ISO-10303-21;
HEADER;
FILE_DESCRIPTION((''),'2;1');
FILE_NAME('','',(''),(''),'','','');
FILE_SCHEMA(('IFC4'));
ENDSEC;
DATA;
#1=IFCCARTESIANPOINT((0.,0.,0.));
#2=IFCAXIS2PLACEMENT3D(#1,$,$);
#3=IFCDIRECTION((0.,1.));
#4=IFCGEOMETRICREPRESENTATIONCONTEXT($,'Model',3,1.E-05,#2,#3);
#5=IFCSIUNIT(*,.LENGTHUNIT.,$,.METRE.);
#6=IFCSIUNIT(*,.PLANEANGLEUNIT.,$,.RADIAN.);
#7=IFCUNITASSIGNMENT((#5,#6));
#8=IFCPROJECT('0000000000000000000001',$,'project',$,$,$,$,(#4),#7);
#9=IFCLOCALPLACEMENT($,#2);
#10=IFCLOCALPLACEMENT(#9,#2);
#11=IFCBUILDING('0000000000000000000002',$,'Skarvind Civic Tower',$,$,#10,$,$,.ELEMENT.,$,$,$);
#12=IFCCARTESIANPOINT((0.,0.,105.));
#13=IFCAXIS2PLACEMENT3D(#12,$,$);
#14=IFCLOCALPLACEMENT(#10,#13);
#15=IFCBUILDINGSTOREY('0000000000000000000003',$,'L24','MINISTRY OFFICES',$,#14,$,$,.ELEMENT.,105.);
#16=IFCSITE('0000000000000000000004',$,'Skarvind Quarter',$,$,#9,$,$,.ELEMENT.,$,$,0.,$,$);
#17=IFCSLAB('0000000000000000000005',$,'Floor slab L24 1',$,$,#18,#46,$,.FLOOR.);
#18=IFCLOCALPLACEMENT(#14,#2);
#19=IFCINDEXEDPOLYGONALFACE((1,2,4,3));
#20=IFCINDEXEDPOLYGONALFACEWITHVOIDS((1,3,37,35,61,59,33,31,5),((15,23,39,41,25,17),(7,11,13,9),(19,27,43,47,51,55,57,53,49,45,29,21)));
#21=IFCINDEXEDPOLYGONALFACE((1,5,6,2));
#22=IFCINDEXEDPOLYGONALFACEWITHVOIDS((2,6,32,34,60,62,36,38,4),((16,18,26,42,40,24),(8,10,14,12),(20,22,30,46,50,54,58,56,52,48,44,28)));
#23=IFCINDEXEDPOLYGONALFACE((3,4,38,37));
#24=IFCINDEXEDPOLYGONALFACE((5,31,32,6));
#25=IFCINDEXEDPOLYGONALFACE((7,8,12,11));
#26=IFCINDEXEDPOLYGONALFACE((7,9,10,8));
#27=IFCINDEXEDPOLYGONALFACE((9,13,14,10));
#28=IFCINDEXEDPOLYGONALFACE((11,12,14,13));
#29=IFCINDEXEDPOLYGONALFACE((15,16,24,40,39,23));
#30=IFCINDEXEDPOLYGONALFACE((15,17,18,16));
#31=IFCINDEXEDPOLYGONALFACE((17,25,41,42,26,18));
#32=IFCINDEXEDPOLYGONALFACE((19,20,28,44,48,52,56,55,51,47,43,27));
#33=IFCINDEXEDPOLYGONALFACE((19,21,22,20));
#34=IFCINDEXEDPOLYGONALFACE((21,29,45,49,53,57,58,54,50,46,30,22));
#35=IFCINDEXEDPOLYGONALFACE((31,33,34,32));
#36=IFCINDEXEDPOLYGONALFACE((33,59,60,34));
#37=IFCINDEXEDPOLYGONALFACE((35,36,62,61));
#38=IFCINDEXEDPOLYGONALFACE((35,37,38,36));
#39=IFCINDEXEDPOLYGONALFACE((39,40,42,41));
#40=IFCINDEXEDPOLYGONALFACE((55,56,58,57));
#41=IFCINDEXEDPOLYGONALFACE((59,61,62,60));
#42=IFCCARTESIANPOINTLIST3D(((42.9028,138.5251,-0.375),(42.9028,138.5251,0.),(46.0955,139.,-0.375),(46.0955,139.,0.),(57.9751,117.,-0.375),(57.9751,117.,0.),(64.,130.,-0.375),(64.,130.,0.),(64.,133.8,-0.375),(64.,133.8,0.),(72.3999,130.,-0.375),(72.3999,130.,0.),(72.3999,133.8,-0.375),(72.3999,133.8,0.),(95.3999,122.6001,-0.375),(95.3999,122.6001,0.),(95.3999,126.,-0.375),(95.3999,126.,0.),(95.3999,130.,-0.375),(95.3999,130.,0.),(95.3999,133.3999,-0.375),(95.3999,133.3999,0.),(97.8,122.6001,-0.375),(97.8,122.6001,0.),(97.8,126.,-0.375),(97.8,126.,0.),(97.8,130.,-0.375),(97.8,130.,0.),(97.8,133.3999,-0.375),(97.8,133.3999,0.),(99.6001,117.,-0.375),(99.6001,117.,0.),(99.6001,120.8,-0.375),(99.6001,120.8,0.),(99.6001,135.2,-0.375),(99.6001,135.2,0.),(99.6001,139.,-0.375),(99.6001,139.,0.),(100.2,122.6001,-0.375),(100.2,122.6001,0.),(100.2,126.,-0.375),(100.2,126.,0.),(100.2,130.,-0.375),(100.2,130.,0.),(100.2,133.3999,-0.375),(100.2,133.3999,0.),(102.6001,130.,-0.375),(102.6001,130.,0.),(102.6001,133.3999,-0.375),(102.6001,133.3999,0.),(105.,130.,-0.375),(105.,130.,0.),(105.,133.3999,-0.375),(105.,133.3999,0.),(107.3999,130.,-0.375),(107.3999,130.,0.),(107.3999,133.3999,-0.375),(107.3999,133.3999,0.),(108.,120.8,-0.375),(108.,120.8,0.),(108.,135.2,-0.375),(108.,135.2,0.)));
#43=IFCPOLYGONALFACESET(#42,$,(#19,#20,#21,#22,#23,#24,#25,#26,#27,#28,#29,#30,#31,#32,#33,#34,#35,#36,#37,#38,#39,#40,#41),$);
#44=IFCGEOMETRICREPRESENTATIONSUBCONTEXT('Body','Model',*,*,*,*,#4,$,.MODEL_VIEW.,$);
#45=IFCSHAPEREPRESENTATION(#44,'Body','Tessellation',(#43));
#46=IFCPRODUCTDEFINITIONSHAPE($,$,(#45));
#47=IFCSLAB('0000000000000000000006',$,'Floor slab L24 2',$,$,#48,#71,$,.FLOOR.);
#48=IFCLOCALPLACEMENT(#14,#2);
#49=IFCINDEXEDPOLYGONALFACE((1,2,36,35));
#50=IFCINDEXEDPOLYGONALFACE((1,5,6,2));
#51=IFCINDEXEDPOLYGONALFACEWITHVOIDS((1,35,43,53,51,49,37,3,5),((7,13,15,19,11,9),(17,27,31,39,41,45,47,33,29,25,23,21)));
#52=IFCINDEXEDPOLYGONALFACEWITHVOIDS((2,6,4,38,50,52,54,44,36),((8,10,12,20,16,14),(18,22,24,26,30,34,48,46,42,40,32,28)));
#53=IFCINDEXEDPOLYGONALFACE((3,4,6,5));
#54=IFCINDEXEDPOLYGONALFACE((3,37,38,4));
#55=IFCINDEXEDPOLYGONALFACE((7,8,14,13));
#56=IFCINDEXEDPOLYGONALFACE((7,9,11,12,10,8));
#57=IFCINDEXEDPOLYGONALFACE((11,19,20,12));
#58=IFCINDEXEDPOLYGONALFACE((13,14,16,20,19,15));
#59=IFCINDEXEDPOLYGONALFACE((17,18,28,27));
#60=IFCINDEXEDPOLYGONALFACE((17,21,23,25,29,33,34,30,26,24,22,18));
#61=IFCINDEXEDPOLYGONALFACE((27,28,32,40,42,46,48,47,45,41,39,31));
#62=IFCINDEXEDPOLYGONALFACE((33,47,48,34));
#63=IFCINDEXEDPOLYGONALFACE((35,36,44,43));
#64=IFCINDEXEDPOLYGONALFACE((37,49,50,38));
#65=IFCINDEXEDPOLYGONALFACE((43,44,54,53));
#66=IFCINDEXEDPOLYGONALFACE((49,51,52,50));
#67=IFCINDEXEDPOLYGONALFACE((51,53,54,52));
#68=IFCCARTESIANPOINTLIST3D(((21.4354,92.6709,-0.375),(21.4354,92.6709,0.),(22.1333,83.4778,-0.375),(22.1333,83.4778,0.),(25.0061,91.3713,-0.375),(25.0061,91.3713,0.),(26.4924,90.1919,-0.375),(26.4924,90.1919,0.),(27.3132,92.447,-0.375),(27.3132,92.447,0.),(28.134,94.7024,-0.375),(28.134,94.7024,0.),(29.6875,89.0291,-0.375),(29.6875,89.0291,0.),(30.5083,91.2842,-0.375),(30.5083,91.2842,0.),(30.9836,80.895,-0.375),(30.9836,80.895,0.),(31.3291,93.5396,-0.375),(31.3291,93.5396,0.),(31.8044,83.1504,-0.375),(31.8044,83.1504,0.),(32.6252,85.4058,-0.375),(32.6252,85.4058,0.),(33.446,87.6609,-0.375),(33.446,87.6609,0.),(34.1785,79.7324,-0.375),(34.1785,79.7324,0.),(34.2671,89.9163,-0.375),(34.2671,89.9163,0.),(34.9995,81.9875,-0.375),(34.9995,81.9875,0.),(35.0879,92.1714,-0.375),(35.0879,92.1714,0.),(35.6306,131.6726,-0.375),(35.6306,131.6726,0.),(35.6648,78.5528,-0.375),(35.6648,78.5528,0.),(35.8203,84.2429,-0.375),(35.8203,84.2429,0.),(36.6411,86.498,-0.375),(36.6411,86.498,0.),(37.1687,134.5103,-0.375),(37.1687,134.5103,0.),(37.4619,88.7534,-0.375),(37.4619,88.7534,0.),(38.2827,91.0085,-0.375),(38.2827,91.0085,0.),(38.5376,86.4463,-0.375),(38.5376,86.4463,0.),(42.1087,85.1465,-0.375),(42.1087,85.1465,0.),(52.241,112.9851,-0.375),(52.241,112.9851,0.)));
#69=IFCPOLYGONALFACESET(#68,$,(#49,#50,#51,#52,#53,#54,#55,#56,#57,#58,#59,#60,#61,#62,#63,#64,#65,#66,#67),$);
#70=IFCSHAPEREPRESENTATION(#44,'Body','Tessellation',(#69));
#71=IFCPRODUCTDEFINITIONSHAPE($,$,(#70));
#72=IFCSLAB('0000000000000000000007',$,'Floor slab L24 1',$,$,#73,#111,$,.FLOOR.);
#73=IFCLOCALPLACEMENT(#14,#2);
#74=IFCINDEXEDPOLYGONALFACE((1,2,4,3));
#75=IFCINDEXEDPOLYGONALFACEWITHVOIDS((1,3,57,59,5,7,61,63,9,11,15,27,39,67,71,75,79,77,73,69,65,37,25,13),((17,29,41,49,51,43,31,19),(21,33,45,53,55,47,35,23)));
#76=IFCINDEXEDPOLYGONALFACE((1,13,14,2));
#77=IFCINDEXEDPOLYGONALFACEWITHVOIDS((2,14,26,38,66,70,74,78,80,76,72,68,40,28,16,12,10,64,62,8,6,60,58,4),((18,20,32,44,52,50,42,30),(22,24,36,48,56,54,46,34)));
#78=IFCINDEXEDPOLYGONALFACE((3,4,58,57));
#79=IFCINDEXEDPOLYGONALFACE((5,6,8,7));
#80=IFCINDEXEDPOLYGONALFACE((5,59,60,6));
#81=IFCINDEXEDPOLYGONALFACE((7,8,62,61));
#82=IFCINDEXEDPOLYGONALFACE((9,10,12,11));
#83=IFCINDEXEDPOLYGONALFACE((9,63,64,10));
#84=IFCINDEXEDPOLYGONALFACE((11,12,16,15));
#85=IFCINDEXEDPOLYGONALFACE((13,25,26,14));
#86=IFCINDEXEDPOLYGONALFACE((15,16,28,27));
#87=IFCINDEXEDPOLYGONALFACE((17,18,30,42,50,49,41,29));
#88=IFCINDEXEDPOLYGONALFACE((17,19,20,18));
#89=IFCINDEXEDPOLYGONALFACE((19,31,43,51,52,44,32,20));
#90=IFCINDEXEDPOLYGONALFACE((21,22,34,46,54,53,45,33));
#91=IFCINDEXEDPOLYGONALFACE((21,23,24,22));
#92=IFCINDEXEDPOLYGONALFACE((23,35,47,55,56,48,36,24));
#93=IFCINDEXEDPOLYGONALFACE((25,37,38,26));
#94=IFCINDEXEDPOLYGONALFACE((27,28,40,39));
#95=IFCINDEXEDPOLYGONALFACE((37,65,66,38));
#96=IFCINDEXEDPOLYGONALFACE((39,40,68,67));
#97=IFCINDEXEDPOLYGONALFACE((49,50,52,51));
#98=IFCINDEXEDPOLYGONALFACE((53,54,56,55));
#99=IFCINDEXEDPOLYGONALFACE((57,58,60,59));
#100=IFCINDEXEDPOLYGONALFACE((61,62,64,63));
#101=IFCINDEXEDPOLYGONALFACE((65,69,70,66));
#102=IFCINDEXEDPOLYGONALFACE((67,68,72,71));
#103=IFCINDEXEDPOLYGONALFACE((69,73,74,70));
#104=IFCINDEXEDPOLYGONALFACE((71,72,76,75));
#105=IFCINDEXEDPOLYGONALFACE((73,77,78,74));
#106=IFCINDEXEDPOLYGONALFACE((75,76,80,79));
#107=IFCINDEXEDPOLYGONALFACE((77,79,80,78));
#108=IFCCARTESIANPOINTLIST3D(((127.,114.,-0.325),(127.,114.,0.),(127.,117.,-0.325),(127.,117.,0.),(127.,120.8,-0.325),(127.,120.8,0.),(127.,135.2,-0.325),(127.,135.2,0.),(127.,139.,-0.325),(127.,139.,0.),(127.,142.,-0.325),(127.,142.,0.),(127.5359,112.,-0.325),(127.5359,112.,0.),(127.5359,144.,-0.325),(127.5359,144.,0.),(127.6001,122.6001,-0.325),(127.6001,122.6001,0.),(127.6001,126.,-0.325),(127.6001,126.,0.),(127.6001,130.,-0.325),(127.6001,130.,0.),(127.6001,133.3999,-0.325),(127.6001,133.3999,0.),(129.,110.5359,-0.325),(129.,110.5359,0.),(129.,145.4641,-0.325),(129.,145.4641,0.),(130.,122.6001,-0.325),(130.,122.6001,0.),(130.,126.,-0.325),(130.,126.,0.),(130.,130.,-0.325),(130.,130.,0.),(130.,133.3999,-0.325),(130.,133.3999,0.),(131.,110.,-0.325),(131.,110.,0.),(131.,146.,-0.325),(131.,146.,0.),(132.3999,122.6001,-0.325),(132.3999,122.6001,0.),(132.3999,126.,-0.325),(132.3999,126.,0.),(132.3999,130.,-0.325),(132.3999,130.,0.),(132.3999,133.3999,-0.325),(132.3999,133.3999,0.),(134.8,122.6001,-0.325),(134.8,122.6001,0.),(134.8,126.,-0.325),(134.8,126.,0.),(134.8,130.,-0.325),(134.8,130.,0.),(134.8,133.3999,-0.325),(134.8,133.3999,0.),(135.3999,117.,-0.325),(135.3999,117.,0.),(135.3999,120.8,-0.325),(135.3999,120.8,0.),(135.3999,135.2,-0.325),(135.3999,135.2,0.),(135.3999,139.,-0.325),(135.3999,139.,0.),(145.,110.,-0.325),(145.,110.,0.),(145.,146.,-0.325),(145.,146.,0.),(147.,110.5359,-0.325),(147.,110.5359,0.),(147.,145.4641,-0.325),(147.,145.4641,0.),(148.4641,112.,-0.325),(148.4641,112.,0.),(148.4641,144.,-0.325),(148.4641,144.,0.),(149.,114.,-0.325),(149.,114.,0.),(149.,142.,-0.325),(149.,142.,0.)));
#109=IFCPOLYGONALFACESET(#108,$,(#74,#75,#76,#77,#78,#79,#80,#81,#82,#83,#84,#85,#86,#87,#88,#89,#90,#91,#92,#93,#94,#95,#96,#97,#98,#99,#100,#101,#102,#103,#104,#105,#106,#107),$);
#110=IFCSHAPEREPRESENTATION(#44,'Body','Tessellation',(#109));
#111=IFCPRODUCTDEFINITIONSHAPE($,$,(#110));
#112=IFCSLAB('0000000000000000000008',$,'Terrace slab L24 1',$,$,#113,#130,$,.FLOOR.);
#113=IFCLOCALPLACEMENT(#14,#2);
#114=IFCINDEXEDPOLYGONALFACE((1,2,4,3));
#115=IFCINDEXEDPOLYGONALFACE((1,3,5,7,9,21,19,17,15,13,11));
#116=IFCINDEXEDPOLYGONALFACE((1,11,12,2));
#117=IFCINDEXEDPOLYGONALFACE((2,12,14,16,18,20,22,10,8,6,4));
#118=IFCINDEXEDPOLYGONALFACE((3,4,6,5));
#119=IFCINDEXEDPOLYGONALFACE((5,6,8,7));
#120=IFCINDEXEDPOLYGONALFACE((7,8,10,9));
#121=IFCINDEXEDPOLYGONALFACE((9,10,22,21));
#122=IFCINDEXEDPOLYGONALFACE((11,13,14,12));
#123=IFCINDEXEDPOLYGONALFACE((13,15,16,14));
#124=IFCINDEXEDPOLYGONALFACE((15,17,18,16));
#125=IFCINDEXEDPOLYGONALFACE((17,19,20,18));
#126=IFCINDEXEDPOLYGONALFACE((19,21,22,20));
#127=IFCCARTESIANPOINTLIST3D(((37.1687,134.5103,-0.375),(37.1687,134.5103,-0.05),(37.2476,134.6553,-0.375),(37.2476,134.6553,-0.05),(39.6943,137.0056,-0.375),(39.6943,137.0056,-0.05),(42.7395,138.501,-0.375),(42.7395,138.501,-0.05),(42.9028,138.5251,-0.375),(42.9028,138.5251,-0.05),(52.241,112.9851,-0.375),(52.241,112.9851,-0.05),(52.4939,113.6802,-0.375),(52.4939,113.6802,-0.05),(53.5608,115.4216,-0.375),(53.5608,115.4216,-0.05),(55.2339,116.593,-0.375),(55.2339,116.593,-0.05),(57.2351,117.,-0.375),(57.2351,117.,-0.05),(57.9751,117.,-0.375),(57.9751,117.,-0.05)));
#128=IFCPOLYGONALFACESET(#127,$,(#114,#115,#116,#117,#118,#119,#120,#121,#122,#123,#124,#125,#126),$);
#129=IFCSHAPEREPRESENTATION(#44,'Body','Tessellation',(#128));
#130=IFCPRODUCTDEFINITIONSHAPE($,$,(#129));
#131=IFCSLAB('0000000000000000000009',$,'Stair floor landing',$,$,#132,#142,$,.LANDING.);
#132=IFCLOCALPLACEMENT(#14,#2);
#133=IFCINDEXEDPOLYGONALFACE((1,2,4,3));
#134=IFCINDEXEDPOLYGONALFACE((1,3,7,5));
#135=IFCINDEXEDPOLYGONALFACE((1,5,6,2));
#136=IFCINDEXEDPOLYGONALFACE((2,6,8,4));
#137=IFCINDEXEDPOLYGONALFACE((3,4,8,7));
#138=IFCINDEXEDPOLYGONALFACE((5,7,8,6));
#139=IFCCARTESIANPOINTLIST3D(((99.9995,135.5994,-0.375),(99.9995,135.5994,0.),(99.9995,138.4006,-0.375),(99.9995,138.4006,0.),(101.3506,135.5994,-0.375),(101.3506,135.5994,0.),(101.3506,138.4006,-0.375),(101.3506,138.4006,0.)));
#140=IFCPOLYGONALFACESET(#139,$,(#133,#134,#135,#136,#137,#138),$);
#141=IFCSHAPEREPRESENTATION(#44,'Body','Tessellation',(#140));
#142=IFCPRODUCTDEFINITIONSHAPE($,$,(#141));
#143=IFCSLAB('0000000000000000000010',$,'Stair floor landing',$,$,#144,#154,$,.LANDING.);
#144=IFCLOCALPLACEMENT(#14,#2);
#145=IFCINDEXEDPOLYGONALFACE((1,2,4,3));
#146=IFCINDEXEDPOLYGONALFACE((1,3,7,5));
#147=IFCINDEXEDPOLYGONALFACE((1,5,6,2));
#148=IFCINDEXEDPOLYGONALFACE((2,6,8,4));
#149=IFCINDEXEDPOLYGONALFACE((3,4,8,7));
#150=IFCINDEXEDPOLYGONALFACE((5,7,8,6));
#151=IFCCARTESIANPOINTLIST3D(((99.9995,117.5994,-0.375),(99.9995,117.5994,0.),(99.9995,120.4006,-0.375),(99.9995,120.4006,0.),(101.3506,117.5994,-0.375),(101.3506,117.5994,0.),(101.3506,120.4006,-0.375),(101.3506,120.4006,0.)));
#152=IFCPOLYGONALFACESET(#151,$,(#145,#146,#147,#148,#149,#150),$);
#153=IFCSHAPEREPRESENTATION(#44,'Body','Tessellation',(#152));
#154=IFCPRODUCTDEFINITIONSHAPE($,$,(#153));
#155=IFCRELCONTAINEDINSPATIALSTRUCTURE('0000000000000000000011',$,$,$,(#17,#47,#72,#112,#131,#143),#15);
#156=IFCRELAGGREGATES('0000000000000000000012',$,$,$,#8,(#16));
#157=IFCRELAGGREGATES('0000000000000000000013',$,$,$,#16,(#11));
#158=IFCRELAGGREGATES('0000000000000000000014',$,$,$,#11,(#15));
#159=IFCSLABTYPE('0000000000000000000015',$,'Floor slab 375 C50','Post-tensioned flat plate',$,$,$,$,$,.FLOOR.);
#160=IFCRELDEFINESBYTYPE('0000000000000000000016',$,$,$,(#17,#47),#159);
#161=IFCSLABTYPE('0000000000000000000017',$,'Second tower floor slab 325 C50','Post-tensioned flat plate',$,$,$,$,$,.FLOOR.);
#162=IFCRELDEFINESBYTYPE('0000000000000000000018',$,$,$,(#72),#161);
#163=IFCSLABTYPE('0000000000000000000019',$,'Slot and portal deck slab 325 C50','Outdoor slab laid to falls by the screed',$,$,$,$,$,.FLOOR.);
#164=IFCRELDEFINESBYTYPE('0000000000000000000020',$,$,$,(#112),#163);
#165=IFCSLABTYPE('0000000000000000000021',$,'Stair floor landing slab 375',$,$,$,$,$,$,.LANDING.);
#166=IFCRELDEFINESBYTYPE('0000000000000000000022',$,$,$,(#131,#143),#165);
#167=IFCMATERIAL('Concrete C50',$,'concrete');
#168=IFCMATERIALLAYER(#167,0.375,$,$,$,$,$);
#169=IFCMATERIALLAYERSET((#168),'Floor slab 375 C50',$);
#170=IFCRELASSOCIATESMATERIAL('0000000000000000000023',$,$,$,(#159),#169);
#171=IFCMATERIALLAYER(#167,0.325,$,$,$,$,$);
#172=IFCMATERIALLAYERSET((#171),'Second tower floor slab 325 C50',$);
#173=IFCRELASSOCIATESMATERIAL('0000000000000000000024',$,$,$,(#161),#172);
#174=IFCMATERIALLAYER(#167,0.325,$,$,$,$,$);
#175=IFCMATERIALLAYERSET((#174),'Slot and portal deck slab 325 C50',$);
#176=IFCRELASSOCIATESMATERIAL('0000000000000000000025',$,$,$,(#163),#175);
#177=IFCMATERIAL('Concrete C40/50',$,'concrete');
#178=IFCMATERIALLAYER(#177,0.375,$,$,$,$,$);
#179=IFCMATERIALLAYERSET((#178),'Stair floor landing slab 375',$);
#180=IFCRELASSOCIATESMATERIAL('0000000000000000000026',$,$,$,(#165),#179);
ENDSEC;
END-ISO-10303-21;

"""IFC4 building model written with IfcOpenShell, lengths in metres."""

from ifc_helpers import new_model, si_unit, direction, frame, origin, place, context, subcontext, project, spatial, polyline, outline, extrude, material, layer, layer_set, type_object, element, save


model = new_model("IFC4")

# Units and contexts
model_context = context("Model", 3, precision=1e-05, world=origin(), true_north=direction((0.0, 1.0)))
body_context = subcontext(model_context, "Body", "Model", "MODEL_VIEW")
ifc_project = project(units=[si_unit("LENGTHUNIT", "METRE"), si_unit("PLANEANGLEUNIT", "RADIAN")], contexts=[model_context])

# Site, building, storey
site_placement = place(None, origin())
site = spatial("IfcSite", under=ifc_project, at=site_placement, Name="Skarvind Quarter", CompositionType="ELEMENT", RefElevation=0.0)
building_placement = place(site_placement, origin())
building = spatial("IfcBuilding", under=site, at=building_placement, Name="Skarvind Civic Tower", CompositionType="ELEMENT")
storey_placement = place(building_placement, frame((0.0, 0.0, 105.0)))
storey = spatial("IfcBuildingStorey", under=building, at=storey_placement, Name="L24", Description="MINISTRY OFFICES", CompositionType="ELEMENT", Elevation=105.0)

# Slabs
ifc_material_1 = material(Name="Concrete C50", Category="concrete")
ifc_layer_1 = layer(ifc_material_1, 0.375)
ifc_layer_set_1 = layer_set([ifc_layer_1], Name="Floor slab 375 C50")
slab_type_1 = type_object("IfcSlabType", Name="Floor slab 375 C50", Description="Post-tensioned flat plate", PredefinedType="FLOOR", material=ifc_layer_set_1)
slab_1_placement = place(storey_placement, frame((0.0, 0.0, -0.375)))
element("IfcSlab", 1, at=slab_1_placement, inside=storey, type_object=slab_type_1, Name="Floor slab L24 1", PredefinedType="FLOOR", context=body_context, shape_type="SweptSolid", body=[
    extrude(outline(polyline([(108.0, 135.2), (99.6001, 135.2), (99.6001, 139.0), (46.0955, 139.0), (42.9028, 138.5251), (57.9751, 117.0), (99.6001, 117.0), (99.6001, 120.8), (108.0, 120.8), (108.0, 135.2)]), holes=[polyline([(64.0, 130.0), (64.0, 133.8), (72.3999, 133.8), (72.3999, 130.0), (64.0, 130.0)]), polyline([(100.2, 126.0), (100.2, 122.6001), (97.8, 122.6001), (95.3999, 122.6001), (95.3999, 126.0), (97.8, 126.0), (100.2, 126.0)]), polyline([(100.2, 133.3999), (102.6001, 133.3999), (105.0, 133.3999), (107.3999, 133.3999), (107.3999, 130.0), (105.0, 130.0), (102.6001, 130.0), (100.2, 130.0), (97.8, 130.0), (95.3999, 130.0), (95.3999, 133.3999), (97.8, 133.3999), (100.2, 133.3999)])]), origin(), (0.0, 0.0, 1.0), 0.375),
])
slab_2_placement = place(storey_placement, frame((0.0, 0.0, -0.375)))
element("IfcSlab", 2, at=slab_2_placement, inside=storey, type_object=slab_type_1, Name="Floor slab L24 2", PredefinedType="FLOOR", context=body_context, shape_type="SweptSolid", body=[
    extrude(outline(polyline([(36.8865, 78.1082), (35.6648, 78.5527), (38.5376, 86.4463), (42.1086, 85.1465), (40.0908, 79.6023), (40.0908, 79.6023), (52.241, 112.9851), (37.1687, 134.5103), (35.6306, 131.6726), (19.4175, 87.1267), (21.4353, 92.6709), (25.0061, 91.3713), (22.1333, 83.4778), (36.8865, 78.1082)]), holes=[polyline([(32.6252, 85.4058), (33.446, 87.6609), (34.2671, 89.9163), (35.0879, 92.1714), (38.2827, 91.0085), (37.4619, 88.7534), (36.6411, 86.498), (35.8203, 84.2429), (35.8203, 84.2429), (34.9995, 81.9875), (34.1785, 79.7324), (30.9836, 80.895), (31.8044, 83.1504), (32.6252, 85.4058), (32.6252, 85.4058)]), polyline([(31.3291, 93.5396), (30.5083, 91.2842), (29.6875, 89.0291), (26.4924, 90.1919), (27.3132, 92.447), (28.134, 94.7024), (31.3291, 93.5396)])]), origin(), (0.0, 0.0, 1.0), 0.375),
])
ifc_layer_2 = layer(ifc_material_1, 0.325)
ifc_layer_set_2 = layer_set([ifc_layer_2], Name="Second tower floor slab 325 C50")
slab_type_2 = type_object("IfcSlabType", Name="Second tower floor slab 325 C50", Description="Post-tensioned flat plate", PredefinedType="FLOOR", material=ifc_layer_set_2)
slab_3_placement = place(storey_placement, frame((0.0, 0.0, -0.325)))
element("IfcSlab", 3, at=slab_3_placement, inside=storey, type_object=slab_type_2, Name="Floor slab L24 1", PredefinedType="FLOOR", context=body_context, shape_type="SweptSolid", body=[
    extrude(outline(polyline([(127.0, 139.0), (135.3999, 139.0), (135.3999, 135.2), (127.0, 135.2), (127.0, 120.8), (135.3999, 120.8), (135.3999, 117.0), (127.0, 117.0), (127.0, 114.0), (127.5359, 112.0), (129.0, 110.5359), (131.0, 110.0), (145.0, 110.0), (147.0, 110.5359), (148.4641, 112.0), (149.0, 114.0), (149.0, 142.0), (148.4641, 144.0), (147.0, 145.4641), (145.0, 146.0), (131.0, 146.0), (129.0, 145.4641), (127.5359, 144.0), (127.0, 142.0), (127.0, 139.0)]), holes=[polyline([(132.3999, 126.0), (134.8, 126.0), (134.8, 122.6001), (132.3999, 122.6001), (130.0, 122.6001), (127.6001, 122.6001), (127.6001, 126.0), (130.0, 126.0), (132.3999, 126.0)]), polyline([(130.0, 133.3999), (132.3999, 133.3999), (134.8, 133.3999), (134.8, 130.0), (132.3999, 130.0), (130.0, 130.0), (127.6001, 130.0), (127.6001, 133.3999), (130.0, 133.3999)])]), origin(), (0.0, 0.0, 1.0), 0.325),
])
ifc_layer_3 = layer(ifc_material_1, 0.325)
ifc_layer_set_3 = layer_set([ifc_layer_3], Name="Slot and portal deck slab 325 C50")
slab_type_3 = type_object("IfcSlabType", Name="Slot and portal deck slab 325 C50", Description="Outdoor slab laid to falls by the screed", PredefinedType="FLOOR", material=ifc_layer_set_3)
slab_4_placement = place(storey_placement, frame((0.0, 0.0, -0.375)))
element("IfcSlab", 4, at=slab_4_placement, inside=storey, type_object=slab_type_3, Name="Terrace slab L24 1", PredefinedType="FLOOR", context=body_context, shape_type="SweptSolid", body=[
    extrude(outline(polyline([(57.2351, 117.0), (57.9751, 117.0), (42.9028, 138.5251), (42.7395, 138.501), (39.6943, 137.0056), (37.2476, 134.6553), (37.1687, 134.5103), (52.241, 112.9851), (52.4939, 113.6802), (53.5608, 115.4216), (55.2339, 116.593), (57.2351, 117.0)])), origin(), (0.0, 0.0, 1.0), 0.325),
])
ifc_material_2 = material(Name="Concrete C40/50", Category="concrete")
ifc_layer_4 = layer(ifc_material_2, 0.375)
ifc_layer_set_4 = layer_set([ifc_layer_4], Name="Stair floor landing slab 375")
slab_type_4 = type_object("IfcSlabType", Name="Stair floor landing slab 375", PredefinedType="LANDING", material=ifc_layer_set_4)
slab_5_placement = place(storey_placement, frame((0.0, 0.0, -0.375)))
element("IfcSlab", 5, at=slab_5_placement, inside=storey, type_object=slab_type_4, Name="Stair floor landing", PredefinedType="LANDING", context=body_context, shape_type="SweptSolid", body=[
    extrude(outline(polyline([(101.3506, 138.4006), (101.3506, 135.5994), (99.9995, 135.5994), (99.9995, 138.4006), (101.3506, 138.4006)])), origin(), (0.0, 0.0, 1.0), 0.375),
])
slab_6_placement = place(storey_placement, frame((0.0, 0.0, -0.375)))
element("IfcSlab", 6, at=slab_6_placement, inside=storey, type_object=slab_type_4, Name="Stair floor landing", PredefinedType="LANDING", context=body_context, shape_type="SweptSolid", body=[
    extrude(outline(polyline([(101.3506, 120.4006), (101.3506, 117.5994), (99.9995, 117.5994), (99.9995, 120.4006), (101.3506, 120.4006)])), origin(), (0.0, 0.0, 1.0), 0.375),
])

save(model, "model.ifc")
